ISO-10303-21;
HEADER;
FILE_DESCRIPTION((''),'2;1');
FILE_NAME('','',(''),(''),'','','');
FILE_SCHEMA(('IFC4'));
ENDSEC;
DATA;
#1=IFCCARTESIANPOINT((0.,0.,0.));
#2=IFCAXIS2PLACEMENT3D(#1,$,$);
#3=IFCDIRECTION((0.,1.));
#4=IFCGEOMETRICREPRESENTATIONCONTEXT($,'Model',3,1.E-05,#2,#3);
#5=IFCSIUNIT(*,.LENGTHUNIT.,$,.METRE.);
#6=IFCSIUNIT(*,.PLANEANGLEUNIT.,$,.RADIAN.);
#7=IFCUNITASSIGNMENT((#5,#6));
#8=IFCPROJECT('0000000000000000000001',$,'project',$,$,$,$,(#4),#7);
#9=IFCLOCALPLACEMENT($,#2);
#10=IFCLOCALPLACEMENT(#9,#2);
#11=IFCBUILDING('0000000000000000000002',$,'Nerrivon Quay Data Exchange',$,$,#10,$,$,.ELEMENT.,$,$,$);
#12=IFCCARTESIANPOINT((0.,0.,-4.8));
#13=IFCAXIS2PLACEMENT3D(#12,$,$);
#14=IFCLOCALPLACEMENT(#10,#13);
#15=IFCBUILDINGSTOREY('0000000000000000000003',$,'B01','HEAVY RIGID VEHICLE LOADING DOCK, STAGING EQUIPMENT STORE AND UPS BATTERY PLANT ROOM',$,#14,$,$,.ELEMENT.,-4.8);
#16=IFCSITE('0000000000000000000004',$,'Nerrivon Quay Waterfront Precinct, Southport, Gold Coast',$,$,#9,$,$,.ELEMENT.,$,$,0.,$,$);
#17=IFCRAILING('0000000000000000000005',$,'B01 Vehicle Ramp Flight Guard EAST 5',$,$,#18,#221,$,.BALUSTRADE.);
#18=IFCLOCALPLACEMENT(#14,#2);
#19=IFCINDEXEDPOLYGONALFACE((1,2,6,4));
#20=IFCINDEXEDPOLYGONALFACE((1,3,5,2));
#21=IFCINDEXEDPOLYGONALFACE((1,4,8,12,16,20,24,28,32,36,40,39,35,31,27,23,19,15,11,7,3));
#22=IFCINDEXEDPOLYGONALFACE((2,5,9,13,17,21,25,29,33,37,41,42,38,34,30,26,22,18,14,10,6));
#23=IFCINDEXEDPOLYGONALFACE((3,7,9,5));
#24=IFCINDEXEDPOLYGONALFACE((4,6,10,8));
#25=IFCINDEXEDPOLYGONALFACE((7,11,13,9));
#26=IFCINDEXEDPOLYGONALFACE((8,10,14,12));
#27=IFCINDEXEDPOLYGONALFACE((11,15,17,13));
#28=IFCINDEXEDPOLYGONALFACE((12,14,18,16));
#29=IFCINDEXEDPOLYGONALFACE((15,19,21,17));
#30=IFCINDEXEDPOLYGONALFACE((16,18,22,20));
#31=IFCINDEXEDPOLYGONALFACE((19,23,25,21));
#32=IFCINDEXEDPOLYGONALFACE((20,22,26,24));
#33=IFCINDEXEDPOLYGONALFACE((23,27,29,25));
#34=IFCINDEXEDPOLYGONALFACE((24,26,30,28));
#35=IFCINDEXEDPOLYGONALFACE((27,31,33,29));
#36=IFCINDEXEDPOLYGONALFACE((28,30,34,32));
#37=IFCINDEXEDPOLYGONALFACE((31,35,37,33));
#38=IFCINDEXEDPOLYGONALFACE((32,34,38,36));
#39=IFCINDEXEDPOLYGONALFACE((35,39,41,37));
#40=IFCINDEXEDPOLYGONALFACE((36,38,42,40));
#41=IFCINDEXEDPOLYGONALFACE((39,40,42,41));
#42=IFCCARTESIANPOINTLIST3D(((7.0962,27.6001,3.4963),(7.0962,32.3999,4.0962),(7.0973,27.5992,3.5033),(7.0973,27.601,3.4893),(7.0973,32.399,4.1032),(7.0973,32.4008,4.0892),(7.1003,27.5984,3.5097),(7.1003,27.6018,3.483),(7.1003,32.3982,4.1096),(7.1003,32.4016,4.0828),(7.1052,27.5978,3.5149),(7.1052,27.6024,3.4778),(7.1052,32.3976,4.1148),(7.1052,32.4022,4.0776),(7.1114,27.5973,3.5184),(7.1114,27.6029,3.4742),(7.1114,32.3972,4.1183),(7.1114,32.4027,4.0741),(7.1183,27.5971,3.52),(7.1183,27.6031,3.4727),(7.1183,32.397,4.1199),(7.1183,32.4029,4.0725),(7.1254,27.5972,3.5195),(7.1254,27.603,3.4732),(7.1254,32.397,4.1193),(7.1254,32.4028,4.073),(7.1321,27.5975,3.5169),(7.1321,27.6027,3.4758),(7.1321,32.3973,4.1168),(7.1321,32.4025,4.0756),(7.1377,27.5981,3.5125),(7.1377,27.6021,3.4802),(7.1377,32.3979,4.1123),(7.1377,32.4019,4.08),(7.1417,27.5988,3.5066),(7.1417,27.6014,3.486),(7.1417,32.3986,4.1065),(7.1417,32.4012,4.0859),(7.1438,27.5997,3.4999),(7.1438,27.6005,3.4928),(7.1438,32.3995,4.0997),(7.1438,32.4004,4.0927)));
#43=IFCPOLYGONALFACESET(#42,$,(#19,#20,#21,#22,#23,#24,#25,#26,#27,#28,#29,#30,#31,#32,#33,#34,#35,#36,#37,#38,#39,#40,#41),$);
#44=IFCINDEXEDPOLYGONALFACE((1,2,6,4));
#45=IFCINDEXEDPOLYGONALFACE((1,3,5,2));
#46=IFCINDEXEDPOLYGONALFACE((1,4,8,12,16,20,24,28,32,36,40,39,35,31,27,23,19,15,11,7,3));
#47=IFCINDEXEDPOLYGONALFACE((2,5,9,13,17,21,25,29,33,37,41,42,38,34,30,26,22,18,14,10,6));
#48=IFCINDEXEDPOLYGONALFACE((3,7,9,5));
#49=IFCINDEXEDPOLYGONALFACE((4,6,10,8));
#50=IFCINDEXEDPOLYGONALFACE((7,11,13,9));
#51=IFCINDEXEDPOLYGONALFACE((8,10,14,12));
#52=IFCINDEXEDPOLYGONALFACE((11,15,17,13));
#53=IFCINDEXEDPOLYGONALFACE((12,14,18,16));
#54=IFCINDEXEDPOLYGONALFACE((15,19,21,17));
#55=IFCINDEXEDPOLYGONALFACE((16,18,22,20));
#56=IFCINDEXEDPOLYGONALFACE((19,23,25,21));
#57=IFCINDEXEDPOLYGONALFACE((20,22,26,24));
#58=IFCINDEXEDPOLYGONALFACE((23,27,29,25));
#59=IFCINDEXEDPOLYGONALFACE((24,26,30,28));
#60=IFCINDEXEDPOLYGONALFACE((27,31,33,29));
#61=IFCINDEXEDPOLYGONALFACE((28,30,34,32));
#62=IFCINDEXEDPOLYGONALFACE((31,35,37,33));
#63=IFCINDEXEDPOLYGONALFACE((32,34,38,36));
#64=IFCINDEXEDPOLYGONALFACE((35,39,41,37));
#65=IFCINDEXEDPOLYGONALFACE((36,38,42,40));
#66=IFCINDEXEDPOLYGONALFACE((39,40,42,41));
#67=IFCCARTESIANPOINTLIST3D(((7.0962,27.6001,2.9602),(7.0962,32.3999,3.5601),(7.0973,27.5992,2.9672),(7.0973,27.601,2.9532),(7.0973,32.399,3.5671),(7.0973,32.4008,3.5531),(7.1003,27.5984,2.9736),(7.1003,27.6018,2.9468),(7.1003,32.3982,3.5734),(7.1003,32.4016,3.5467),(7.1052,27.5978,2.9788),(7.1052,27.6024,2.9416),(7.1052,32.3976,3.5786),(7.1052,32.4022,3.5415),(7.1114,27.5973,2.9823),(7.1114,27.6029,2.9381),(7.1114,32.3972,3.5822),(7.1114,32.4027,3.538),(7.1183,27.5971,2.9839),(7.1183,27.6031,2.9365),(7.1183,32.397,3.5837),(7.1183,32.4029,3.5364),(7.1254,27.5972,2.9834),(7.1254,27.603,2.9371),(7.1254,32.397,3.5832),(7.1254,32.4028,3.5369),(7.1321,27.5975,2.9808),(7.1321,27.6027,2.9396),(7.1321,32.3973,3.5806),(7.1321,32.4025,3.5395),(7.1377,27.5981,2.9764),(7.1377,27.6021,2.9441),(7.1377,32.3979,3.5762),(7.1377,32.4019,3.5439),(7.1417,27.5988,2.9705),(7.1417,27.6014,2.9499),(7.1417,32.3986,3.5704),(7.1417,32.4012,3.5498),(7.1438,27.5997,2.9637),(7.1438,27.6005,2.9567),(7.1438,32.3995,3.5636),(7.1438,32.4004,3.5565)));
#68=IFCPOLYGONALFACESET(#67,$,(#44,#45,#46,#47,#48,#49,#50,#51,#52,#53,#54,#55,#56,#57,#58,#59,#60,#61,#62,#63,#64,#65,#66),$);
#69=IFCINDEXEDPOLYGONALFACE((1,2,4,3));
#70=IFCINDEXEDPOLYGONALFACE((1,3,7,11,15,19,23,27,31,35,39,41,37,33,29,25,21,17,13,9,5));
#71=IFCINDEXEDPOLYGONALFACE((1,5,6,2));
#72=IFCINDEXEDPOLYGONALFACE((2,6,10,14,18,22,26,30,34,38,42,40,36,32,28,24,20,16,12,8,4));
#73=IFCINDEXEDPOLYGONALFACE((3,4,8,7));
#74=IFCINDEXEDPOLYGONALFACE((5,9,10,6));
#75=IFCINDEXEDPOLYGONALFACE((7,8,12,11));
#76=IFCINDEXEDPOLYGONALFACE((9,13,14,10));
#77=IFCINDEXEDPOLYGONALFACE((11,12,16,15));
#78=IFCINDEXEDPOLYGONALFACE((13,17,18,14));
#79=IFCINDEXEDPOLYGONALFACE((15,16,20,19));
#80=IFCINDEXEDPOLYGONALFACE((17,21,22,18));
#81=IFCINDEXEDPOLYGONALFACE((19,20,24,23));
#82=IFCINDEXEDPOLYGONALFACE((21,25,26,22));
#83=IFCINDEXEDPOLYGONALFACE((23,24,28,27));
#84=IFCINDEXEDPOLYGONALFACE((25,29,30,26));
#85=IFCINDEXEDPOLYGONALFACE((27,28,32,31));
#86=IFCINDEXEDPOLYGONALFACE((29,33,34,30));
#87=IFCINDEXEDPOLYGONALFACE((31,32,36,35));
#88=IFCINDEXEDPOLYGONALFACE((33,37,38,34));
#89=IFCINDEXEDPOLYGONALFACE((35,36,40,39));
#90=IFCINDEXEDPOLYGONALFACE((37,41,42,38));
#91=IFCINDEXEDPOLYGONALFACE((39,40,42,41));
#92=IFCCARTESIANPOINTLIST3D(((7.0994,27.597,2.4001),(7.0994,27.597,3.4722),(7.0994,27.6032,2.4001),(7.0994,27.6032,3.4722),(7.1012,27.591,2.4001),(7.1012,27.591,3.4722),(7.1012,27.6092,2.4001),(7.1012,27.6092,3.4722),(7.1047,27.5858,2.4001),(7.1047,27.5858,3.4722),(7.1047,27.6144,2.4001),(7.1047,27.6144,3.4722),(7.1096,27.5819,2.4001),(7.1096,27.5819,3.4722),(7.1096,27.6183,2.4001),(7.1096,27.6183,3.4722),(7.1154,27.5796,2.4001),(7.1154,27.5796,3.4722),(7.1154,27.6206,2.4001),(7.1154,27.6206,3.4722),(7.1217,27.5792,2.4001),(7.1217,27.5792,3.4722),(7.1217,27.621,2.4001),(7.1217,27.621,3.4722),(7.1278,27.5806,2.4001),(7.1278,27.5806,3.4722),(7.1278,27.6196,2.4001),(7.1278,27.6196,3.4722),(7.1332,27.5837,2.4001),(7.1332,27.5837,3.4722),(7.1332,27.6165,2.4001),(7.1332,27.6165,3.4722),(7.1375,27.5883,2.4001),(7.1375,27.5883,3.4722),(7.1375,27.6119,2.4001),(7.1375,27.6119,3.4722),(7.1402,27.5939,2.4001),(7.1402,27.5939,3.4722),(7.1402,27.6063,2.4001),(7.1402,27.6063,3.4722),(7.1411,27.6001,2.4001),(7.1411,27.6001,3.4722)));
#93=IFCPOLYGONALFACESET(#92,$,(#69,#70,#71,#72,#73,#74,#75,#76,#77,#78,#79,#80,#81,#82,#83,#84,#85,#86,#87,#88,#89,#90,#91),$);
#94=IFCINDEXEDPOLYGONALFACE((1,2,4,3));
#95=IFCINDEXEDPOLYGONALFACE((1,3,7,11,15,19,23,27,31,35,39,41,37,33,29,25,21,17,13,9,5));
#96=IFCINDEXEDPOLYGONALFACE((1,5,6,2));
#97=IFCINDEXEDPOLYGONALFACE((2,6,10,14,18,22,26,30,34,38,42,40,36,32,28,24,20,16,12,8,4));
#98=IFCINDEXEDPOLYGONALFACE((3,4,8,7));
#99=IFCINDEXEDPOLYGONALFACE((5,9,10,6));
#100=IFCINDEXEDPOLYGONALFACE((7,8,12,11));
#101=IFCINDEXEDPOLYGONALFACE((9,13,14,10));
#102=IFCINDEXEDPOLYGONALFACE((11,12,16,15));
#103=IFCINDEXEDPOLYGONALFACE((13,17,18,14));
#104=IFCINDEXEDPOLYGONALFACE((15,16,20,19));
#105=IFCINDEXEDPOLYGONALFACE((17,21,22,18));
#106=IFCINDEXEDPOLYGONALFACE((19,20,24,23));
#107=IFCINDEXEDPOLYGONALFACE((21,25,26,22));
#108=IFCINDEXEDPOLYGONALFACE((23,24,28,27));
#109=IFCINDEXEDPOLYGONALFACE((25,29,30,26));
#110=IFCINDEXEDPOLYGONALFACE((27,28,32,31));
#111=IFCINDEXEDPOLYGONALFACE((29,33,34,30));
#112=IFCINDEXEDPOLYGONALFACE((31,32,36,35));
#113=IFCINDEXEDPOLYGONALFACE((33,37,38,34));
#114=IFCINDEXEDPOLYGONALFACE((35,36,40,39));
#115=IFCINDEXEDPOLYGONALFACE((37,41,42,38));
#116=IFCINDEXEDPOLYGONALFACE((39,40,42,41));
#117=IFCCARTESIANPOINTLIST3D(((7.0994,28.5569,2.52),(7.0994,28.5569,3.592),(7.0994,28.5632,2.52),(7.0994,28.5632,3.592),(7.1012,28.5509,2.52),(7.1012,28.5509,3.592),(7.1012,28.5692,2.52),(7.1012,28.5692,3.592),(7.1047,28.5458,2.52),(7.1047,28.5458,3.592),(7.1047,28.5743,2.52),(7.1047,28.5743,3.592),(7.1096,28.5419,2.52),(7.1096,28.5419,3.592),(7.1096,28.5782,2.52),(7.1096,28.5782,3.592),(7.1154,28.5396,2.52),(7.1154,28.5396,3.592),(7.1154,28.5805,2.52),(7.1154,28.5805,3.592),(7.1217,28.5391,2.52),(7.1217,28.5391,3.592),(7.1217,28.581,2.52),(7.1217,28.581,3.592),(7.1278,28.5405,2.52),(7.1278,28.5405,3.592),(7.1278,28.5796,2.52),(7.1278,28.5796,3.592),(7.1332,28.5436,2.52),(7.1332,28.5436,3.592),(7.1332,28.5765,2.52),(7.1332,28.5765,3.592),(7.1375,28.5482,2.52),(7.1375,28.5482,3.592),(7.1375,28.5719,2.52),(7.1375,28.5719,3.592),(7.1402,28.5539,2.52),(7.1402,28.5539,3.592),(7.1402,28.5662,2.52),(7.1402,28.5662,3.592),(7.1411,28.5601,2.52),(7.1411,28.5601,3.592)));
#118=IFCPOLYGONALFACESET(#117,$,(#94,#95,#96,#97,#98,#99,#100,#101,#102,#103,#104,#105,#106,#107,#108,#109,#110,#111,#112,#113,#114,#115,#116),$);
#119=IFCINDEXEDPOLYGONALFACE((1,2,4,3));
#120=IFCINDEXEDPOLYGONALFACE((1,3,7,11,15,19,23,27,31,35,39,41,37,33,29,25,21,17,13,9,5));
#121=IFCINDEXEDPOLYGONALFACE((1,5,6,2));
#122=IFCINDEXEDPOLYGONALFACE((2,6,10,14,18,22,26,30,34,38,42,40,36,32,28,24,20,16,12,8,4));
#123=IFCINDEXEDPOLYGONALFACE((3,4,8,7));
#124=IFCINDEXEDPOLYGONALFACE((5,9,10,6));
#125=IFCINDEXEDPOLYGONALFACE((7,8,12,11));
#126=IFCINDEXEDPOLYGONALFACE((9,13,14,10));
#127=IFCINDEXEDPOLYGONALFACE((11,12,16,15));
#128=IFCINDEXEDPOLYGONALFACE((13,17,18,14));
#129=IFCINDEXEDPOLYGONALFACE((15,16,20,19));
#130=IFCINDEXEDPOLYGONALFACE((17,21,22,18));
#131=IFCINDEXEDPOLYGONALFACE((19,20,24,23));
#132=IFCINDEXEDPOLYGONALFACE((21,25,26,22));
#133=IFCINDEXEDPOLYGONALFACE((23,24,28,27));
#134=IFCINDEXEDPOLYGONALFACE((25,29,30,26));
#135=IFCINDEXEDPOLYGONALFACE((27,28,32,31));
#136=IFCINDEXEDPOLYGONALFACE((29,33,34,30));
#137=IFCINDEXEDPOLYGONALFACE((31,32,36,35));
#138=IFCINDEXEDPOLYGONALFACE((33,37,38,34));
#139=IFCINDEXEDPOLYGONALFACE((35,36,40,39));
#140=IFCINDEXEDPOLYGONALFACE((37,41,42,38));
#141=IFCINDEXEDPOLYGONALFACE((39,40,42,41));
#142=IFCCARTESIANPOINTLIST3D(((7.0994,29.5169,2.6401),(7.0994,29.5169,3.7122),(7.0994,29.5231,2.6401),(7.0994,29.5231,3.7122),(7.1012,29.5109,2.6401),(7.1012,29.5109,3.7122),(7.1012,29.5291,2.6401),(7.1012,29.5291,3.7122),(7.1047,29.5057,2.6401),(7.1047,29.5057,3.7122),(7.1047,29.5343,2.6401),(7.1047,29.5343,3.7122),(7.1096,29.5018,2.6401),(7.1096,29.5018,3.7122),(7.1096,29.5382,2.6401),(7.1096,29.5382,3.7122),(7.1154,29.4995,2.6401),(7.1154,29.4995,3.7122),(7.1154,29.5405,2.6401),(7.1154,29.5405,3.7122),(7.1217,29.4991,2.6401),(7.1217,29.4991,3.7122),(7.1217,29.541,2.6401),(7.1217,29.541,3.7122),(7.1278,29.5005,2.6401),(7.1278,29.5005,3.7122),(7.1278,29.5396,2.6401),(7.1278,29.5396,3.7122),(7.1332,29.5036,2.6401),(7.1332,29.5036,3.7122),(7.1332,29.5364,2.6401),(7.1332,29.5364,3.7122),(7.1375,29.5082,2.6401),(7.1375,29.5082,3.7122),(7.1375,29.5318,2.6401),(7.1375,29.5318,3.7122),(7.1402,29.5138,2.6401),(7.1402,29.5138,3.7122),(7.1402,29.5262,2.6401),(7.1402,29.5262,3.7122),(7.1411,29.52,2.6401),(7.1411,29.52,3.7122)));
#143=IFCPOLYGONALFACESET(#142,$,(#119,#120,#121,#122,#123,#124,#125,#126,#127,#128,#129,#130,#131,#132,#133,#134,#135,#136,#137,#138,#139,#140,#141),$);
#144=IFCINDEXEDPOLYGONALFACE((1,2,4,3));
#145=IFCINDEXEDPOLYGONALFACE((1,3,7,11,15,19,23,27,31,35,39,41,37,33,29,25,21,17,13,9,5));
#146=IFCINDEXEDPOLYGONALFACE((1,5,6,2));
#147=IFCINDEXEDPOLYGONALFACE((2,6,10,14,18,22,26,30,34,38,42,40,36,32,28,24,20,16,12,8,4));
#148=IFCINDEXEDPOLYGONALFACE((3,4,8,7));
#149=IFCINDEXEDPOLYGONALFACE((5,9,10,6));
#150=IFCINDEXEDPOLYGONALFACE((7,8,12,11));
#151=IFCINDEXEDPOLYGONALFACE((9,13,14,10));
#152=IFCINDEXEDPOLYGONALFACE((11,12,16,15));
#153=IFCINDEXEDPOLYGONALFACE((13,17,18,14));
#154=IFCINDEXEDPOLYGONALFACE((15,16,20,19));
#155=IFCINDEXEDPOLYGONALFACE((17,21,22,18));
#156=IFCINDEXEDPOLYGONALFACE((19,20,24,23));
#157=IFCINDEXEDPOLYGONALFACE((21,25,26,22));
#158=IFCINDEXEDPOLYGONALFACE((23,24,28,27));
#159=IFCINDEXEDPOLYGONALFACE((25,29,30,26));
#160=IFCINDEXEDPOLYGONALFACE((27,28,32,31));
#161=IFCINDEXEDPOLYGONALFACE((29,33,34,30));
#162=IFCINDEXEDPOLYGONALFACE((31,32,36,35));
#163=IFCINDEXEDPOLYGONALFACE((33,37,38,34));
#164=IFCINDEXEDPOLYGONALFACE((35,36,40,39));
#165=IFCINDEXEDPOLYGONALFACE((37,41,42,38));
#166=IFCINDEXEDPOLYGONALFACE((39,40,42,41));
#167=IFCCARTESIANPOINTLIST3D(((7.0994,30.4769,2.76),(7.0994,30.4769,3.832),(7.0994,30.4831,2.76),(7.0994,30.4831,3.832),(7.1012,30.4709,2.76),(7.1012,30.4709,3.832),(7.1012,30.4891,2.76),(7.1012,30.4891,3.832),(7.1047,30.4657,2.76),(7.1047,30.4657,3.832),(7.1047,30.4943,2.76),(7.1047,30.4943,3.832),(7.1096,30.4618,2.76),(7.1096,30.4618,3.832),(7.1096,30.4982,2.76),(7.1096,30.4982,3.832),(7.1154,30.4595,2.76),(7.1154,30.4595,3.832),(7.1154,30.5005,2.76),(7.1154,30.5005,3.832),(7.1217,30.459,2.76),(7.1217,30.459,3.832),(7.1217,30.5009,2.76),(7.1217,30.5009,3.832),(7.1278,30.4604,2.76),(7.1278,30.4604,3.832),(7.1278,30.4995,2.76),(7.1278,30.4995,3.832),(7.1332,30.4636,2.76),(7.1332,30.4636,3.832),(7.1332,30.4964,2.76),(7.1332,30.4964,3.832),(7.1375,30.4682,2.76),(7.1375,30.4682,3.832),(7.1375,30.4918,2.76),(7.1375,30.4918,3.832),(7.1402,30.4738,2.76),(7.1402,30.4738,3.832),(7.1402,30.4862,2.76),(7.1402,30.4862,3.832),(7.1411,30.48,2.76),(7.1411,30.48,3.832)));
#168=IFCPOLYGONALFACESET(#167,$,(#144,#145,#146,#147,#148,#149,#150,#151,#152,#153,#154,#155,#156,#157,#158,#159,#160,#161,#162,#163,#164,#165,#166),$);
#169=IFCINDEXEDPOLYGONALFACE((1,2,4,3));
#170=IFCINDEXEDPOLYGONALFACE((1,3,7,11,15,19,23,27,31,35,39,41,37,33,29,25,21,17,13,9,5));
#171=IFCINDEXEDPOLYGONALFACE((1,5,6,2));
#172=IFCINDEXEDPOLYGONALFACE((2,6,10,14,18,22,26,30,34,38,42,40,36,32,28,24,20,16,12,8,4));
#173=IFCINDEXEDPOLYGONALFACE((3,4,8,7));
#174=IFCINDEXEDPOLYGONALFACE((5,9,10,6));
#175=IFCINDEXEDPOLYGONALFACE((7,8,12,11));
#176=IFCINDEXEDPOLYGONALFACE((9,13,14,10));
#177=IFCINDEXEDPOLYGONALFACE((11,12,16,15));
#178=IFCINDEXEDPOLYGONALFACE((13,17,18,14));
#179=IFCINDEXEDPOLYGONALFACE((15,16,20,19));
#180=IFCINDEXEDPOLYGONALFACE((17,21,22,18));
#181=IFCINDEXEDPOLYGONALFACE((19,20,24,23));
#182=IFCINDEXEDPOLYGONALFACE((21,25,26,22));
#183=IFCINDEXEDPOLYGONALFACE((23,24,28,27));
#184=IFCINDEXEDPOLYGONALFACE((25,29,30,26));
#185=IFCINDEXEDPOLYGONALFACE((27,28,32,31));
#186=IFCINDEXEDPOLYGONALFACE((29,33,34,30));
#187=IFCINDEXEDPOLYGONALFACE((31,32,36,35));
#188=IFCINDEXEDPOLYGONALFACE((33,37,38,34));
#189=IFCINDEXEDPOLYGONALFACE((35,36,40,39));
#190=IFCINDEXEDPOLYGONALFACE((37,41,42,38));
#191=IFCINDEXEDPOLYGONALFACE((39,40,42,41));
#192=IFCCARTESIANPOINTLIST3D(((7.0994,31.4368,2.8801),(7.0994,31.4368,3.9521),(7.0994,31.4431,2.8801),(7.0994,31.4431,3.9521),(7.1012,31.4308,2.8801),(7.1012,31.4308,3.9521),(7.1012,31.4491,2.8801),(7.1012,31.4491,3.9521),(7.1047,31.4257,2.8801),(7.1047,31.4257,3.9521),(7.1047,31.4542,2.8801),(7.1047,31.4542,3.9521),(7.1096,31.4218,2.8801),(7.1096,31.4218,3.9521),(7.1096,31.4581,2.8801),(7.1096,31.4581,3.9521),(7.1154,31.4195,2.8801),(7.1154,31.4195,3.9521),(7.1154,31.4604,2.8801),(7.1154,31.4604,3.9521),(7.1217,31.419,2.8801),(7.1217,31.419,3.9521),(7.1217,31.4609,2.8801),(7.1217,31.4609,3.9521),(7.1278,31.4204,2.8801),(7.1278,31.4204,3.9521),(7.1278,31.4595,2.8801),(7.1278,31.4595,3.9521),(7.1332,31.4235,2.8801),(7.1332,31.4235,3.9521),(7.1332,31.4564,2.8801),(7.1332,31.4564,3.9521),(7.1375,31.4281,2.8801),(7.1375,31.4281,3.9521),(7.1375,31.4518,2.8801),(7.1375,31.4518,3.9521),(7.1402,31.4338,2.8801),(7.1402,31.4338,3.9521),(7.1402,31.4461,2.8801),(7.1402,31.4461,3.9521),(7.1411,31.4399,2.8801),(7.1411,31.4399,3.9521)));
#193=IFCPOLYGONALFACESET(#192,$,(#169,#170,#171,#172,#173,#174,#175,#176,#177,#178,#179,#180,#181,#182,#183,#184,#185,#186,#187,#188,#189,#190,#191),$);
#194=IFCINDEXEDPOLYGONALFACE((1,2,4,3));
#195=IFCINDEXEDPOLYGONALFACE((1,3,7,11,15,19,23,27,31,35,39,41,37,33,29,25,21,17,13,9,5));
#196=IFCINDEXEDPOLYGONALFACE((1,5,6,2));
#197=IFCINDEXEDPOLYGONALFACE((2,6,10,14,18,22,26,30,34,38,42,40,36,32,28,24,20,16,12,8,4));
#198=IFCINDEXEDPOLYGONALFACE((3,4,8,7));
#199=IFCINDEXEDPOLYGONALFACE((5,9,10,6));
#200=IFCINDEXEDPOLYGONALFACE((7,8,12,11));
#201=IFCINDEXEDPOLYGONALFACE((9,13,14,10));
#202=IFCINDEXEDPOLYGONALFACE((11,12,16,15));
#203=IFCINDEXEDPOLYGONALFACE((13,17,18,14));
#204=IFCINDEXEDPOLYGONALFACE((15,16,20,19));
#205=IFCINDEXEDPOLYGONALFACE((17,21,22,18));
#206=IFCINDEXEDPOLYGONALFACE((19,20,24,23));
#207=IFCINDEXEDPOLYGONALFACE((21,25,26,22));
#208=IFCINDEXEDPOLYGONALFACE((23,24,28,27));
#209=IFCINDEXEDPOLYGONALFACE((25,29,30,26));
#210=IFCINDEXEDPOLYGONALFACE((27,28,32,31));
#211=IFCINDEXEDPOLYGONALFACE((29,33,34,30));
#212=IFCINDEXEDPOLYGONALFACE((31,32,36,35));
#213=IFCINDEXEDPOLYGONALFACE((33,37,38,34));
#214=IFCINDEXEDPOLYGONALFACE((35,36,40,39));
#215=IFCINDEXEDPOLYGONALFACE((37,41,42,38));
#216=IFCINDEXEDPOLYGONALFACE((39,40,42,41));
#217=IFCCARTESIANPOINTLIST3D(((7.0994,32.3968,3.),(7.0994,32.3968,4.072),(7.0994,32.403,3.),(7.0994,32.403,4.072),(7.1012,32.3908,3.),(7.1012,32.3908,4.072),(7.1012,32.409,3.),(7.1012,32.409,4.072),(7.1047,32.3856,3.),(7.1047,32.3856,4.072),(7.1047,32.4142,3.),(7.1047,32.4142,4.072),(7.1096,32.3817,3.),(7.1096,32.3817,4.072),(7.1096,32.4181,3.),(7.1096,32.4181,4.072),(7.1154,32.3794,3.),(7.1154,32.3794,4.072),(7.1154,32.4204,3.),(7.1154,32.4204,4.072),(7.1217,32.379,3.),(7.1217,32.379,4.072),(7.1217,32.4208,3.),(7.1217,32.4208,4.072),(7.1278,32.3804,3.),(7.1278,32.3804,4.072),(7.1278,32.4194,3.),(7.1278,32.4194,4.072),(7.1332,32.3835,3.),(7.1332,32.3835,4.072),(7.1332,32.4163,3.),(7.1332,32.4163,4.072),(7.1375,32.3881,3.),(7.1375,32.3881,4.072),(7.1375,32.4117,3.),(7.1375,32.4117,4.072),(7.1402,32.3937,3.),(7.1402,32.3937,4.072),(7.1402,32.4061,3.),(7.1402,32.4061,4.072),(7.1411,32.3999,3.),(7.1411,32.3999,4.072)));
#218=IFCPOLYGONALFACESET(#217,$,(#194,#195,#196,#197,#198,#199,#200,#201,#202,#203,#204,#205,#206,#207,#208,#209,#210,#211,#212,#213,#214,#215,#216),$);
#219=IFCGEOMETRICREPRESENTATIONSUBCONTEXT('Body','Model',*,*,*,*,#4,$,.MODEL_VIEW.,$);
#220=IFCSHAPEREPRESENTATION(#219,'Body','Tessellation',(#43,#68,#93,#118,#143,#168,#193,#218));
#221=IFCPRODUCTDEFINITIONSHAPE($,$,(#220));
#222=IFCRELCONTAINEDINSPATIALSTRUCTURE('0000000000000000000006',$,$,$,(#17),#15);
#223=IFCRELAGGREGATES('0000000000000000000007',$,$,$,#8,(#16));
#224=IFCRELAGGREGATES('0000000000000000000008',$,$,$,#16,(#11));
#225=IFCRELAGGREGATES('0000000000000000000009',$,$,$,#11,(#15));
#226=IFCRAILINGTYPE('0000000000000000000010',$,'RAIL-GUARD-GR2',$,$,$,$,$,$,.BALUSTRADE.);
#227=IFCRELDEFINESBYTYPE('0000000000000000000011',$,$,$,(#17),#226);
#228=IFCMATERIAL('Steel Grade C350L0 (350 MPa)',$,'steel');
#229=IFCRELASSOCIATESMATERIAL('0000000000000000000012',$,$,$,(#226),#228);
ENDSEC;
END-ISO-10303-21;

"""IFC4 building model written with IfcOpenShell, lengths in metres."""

from ifc_helpers import new_model, si_unit, direction, frame, origin, origin_2d, place, context, subcontext, project, spatial, circle, extrude, material, type_object, element, save


model = new_model("IFC4")

# Units and contexts
model_context = context("Model", 3, precision=1e-05, world=origin(), true_north=direction((0.0, 1.0)))
body_context = subcontext(model_context, "Body", "Model", "MODEL_VIEW")
ifc_project = project(units=[si_unit("LENGTHUNIT", "METRE"), si_unit("PLANEANGLEUNIT", "RADIAN")], contexts=[model_context])

# Site, building, storey
site_placement = place(None, origin())
site = spatial("IfcSite", under=ifc_project, at=site_placement, Name="Nerrivon Quay Waterfront Precinct, Southport, Gold Coast", CompositionType="ELEMENT", RefElevation=0.0)
building_placement = place(site_placement, origin())
building = spatial("IfcBuilding", under=site, at=building_placement, Name="Nerrivon Quay Data Exchange", CompositionType="ELEMENT")
storey_placement = place(building_placement, frame((0.0, 0.0, -4.8)))
storey = spatial("IfcBuildingStorey", under=building, at=storey_placement, Name="B01", Description="HEAVY RIGID VEHICLE LOADING DOCK, STAGING EQUIPMENT STORE AND UPS BATTERY PLANT ROOM", CompositionType="ELEMENT", Elevation=-4.8)

# Railing
ifc_material_1 = material(Name="Steel Grade C350L0 (350 MPa)", Category="steel")
railing_type = type_object("IfcRailingType", Name="RAIL-GUARD-GR2", PredefinedType="BALUSTRADE", material=ifc_material_1)
railing_1_placement = place(storey_placement, frame((7.1201, 27.6001, 2.4001)))
element("IfcRailing", 1, at=railing_1_placement, inside=storey, type_object=railing_type, Name="B01 Vehicle Ramp Flight Guard EAST 5", PredefinedType="BALUSTRADE", context=body_context, shape_type="SweptSolid", body=[
    extrude(circle(Radius=0.0239, at=origin_2d()), frame((0.0, 0.0, 1.0962), z_axis=(0.0, 0.992281, 0.12401), x_axis=(-1.0, 0.0, 0.0)), (0.0, 0.0, 1.0), 4.8372),
    extrude(circle(Radius=0.0239, at=origin_2d()), frame((0.0, 0.0, 0.5601), z_axis=(0.0, 0.992281, 0.12401), x_axis=(-1.0, 0.0, 0.0)), (0.0, 0.0, 1.0), 4.8372),
    extrude(circle(Radius=0.021, at=origin_2d()), origin(), (0.0, 0.0, 1.0), 1.072),
    extrude(circle(Radius=0.021, at=origin_2d()), frame((0.0, 0.96, 0.1199)), (0.0, 0.0, 1.0), 1.072),
    extrude(circle(Radius=0.021, at=origin_2d()), frame((0.0, 1.9199, 0.24)), (0.0, 0.0, 1.0), 1.072),
    extrude(circle(Radius=0.021, at=origin_2d()), frame((0.0, 2.8799, 0.3599)), (0.0, 0.0, 1.0), 1.072),
    extrude(circle(Radius=0.021, at=origin_2d()), frame((0.0, 3.8398, 0.48)), (0.0, 0.0, 1.0), 1.072),
    extrude(circle(Radius=0.021, at=origin_2d()), frame((0.0, 4.7998, 0.5999)), (0.0, 0.0, 1.0), 1.072),
])

save(model, "model.ifc")
